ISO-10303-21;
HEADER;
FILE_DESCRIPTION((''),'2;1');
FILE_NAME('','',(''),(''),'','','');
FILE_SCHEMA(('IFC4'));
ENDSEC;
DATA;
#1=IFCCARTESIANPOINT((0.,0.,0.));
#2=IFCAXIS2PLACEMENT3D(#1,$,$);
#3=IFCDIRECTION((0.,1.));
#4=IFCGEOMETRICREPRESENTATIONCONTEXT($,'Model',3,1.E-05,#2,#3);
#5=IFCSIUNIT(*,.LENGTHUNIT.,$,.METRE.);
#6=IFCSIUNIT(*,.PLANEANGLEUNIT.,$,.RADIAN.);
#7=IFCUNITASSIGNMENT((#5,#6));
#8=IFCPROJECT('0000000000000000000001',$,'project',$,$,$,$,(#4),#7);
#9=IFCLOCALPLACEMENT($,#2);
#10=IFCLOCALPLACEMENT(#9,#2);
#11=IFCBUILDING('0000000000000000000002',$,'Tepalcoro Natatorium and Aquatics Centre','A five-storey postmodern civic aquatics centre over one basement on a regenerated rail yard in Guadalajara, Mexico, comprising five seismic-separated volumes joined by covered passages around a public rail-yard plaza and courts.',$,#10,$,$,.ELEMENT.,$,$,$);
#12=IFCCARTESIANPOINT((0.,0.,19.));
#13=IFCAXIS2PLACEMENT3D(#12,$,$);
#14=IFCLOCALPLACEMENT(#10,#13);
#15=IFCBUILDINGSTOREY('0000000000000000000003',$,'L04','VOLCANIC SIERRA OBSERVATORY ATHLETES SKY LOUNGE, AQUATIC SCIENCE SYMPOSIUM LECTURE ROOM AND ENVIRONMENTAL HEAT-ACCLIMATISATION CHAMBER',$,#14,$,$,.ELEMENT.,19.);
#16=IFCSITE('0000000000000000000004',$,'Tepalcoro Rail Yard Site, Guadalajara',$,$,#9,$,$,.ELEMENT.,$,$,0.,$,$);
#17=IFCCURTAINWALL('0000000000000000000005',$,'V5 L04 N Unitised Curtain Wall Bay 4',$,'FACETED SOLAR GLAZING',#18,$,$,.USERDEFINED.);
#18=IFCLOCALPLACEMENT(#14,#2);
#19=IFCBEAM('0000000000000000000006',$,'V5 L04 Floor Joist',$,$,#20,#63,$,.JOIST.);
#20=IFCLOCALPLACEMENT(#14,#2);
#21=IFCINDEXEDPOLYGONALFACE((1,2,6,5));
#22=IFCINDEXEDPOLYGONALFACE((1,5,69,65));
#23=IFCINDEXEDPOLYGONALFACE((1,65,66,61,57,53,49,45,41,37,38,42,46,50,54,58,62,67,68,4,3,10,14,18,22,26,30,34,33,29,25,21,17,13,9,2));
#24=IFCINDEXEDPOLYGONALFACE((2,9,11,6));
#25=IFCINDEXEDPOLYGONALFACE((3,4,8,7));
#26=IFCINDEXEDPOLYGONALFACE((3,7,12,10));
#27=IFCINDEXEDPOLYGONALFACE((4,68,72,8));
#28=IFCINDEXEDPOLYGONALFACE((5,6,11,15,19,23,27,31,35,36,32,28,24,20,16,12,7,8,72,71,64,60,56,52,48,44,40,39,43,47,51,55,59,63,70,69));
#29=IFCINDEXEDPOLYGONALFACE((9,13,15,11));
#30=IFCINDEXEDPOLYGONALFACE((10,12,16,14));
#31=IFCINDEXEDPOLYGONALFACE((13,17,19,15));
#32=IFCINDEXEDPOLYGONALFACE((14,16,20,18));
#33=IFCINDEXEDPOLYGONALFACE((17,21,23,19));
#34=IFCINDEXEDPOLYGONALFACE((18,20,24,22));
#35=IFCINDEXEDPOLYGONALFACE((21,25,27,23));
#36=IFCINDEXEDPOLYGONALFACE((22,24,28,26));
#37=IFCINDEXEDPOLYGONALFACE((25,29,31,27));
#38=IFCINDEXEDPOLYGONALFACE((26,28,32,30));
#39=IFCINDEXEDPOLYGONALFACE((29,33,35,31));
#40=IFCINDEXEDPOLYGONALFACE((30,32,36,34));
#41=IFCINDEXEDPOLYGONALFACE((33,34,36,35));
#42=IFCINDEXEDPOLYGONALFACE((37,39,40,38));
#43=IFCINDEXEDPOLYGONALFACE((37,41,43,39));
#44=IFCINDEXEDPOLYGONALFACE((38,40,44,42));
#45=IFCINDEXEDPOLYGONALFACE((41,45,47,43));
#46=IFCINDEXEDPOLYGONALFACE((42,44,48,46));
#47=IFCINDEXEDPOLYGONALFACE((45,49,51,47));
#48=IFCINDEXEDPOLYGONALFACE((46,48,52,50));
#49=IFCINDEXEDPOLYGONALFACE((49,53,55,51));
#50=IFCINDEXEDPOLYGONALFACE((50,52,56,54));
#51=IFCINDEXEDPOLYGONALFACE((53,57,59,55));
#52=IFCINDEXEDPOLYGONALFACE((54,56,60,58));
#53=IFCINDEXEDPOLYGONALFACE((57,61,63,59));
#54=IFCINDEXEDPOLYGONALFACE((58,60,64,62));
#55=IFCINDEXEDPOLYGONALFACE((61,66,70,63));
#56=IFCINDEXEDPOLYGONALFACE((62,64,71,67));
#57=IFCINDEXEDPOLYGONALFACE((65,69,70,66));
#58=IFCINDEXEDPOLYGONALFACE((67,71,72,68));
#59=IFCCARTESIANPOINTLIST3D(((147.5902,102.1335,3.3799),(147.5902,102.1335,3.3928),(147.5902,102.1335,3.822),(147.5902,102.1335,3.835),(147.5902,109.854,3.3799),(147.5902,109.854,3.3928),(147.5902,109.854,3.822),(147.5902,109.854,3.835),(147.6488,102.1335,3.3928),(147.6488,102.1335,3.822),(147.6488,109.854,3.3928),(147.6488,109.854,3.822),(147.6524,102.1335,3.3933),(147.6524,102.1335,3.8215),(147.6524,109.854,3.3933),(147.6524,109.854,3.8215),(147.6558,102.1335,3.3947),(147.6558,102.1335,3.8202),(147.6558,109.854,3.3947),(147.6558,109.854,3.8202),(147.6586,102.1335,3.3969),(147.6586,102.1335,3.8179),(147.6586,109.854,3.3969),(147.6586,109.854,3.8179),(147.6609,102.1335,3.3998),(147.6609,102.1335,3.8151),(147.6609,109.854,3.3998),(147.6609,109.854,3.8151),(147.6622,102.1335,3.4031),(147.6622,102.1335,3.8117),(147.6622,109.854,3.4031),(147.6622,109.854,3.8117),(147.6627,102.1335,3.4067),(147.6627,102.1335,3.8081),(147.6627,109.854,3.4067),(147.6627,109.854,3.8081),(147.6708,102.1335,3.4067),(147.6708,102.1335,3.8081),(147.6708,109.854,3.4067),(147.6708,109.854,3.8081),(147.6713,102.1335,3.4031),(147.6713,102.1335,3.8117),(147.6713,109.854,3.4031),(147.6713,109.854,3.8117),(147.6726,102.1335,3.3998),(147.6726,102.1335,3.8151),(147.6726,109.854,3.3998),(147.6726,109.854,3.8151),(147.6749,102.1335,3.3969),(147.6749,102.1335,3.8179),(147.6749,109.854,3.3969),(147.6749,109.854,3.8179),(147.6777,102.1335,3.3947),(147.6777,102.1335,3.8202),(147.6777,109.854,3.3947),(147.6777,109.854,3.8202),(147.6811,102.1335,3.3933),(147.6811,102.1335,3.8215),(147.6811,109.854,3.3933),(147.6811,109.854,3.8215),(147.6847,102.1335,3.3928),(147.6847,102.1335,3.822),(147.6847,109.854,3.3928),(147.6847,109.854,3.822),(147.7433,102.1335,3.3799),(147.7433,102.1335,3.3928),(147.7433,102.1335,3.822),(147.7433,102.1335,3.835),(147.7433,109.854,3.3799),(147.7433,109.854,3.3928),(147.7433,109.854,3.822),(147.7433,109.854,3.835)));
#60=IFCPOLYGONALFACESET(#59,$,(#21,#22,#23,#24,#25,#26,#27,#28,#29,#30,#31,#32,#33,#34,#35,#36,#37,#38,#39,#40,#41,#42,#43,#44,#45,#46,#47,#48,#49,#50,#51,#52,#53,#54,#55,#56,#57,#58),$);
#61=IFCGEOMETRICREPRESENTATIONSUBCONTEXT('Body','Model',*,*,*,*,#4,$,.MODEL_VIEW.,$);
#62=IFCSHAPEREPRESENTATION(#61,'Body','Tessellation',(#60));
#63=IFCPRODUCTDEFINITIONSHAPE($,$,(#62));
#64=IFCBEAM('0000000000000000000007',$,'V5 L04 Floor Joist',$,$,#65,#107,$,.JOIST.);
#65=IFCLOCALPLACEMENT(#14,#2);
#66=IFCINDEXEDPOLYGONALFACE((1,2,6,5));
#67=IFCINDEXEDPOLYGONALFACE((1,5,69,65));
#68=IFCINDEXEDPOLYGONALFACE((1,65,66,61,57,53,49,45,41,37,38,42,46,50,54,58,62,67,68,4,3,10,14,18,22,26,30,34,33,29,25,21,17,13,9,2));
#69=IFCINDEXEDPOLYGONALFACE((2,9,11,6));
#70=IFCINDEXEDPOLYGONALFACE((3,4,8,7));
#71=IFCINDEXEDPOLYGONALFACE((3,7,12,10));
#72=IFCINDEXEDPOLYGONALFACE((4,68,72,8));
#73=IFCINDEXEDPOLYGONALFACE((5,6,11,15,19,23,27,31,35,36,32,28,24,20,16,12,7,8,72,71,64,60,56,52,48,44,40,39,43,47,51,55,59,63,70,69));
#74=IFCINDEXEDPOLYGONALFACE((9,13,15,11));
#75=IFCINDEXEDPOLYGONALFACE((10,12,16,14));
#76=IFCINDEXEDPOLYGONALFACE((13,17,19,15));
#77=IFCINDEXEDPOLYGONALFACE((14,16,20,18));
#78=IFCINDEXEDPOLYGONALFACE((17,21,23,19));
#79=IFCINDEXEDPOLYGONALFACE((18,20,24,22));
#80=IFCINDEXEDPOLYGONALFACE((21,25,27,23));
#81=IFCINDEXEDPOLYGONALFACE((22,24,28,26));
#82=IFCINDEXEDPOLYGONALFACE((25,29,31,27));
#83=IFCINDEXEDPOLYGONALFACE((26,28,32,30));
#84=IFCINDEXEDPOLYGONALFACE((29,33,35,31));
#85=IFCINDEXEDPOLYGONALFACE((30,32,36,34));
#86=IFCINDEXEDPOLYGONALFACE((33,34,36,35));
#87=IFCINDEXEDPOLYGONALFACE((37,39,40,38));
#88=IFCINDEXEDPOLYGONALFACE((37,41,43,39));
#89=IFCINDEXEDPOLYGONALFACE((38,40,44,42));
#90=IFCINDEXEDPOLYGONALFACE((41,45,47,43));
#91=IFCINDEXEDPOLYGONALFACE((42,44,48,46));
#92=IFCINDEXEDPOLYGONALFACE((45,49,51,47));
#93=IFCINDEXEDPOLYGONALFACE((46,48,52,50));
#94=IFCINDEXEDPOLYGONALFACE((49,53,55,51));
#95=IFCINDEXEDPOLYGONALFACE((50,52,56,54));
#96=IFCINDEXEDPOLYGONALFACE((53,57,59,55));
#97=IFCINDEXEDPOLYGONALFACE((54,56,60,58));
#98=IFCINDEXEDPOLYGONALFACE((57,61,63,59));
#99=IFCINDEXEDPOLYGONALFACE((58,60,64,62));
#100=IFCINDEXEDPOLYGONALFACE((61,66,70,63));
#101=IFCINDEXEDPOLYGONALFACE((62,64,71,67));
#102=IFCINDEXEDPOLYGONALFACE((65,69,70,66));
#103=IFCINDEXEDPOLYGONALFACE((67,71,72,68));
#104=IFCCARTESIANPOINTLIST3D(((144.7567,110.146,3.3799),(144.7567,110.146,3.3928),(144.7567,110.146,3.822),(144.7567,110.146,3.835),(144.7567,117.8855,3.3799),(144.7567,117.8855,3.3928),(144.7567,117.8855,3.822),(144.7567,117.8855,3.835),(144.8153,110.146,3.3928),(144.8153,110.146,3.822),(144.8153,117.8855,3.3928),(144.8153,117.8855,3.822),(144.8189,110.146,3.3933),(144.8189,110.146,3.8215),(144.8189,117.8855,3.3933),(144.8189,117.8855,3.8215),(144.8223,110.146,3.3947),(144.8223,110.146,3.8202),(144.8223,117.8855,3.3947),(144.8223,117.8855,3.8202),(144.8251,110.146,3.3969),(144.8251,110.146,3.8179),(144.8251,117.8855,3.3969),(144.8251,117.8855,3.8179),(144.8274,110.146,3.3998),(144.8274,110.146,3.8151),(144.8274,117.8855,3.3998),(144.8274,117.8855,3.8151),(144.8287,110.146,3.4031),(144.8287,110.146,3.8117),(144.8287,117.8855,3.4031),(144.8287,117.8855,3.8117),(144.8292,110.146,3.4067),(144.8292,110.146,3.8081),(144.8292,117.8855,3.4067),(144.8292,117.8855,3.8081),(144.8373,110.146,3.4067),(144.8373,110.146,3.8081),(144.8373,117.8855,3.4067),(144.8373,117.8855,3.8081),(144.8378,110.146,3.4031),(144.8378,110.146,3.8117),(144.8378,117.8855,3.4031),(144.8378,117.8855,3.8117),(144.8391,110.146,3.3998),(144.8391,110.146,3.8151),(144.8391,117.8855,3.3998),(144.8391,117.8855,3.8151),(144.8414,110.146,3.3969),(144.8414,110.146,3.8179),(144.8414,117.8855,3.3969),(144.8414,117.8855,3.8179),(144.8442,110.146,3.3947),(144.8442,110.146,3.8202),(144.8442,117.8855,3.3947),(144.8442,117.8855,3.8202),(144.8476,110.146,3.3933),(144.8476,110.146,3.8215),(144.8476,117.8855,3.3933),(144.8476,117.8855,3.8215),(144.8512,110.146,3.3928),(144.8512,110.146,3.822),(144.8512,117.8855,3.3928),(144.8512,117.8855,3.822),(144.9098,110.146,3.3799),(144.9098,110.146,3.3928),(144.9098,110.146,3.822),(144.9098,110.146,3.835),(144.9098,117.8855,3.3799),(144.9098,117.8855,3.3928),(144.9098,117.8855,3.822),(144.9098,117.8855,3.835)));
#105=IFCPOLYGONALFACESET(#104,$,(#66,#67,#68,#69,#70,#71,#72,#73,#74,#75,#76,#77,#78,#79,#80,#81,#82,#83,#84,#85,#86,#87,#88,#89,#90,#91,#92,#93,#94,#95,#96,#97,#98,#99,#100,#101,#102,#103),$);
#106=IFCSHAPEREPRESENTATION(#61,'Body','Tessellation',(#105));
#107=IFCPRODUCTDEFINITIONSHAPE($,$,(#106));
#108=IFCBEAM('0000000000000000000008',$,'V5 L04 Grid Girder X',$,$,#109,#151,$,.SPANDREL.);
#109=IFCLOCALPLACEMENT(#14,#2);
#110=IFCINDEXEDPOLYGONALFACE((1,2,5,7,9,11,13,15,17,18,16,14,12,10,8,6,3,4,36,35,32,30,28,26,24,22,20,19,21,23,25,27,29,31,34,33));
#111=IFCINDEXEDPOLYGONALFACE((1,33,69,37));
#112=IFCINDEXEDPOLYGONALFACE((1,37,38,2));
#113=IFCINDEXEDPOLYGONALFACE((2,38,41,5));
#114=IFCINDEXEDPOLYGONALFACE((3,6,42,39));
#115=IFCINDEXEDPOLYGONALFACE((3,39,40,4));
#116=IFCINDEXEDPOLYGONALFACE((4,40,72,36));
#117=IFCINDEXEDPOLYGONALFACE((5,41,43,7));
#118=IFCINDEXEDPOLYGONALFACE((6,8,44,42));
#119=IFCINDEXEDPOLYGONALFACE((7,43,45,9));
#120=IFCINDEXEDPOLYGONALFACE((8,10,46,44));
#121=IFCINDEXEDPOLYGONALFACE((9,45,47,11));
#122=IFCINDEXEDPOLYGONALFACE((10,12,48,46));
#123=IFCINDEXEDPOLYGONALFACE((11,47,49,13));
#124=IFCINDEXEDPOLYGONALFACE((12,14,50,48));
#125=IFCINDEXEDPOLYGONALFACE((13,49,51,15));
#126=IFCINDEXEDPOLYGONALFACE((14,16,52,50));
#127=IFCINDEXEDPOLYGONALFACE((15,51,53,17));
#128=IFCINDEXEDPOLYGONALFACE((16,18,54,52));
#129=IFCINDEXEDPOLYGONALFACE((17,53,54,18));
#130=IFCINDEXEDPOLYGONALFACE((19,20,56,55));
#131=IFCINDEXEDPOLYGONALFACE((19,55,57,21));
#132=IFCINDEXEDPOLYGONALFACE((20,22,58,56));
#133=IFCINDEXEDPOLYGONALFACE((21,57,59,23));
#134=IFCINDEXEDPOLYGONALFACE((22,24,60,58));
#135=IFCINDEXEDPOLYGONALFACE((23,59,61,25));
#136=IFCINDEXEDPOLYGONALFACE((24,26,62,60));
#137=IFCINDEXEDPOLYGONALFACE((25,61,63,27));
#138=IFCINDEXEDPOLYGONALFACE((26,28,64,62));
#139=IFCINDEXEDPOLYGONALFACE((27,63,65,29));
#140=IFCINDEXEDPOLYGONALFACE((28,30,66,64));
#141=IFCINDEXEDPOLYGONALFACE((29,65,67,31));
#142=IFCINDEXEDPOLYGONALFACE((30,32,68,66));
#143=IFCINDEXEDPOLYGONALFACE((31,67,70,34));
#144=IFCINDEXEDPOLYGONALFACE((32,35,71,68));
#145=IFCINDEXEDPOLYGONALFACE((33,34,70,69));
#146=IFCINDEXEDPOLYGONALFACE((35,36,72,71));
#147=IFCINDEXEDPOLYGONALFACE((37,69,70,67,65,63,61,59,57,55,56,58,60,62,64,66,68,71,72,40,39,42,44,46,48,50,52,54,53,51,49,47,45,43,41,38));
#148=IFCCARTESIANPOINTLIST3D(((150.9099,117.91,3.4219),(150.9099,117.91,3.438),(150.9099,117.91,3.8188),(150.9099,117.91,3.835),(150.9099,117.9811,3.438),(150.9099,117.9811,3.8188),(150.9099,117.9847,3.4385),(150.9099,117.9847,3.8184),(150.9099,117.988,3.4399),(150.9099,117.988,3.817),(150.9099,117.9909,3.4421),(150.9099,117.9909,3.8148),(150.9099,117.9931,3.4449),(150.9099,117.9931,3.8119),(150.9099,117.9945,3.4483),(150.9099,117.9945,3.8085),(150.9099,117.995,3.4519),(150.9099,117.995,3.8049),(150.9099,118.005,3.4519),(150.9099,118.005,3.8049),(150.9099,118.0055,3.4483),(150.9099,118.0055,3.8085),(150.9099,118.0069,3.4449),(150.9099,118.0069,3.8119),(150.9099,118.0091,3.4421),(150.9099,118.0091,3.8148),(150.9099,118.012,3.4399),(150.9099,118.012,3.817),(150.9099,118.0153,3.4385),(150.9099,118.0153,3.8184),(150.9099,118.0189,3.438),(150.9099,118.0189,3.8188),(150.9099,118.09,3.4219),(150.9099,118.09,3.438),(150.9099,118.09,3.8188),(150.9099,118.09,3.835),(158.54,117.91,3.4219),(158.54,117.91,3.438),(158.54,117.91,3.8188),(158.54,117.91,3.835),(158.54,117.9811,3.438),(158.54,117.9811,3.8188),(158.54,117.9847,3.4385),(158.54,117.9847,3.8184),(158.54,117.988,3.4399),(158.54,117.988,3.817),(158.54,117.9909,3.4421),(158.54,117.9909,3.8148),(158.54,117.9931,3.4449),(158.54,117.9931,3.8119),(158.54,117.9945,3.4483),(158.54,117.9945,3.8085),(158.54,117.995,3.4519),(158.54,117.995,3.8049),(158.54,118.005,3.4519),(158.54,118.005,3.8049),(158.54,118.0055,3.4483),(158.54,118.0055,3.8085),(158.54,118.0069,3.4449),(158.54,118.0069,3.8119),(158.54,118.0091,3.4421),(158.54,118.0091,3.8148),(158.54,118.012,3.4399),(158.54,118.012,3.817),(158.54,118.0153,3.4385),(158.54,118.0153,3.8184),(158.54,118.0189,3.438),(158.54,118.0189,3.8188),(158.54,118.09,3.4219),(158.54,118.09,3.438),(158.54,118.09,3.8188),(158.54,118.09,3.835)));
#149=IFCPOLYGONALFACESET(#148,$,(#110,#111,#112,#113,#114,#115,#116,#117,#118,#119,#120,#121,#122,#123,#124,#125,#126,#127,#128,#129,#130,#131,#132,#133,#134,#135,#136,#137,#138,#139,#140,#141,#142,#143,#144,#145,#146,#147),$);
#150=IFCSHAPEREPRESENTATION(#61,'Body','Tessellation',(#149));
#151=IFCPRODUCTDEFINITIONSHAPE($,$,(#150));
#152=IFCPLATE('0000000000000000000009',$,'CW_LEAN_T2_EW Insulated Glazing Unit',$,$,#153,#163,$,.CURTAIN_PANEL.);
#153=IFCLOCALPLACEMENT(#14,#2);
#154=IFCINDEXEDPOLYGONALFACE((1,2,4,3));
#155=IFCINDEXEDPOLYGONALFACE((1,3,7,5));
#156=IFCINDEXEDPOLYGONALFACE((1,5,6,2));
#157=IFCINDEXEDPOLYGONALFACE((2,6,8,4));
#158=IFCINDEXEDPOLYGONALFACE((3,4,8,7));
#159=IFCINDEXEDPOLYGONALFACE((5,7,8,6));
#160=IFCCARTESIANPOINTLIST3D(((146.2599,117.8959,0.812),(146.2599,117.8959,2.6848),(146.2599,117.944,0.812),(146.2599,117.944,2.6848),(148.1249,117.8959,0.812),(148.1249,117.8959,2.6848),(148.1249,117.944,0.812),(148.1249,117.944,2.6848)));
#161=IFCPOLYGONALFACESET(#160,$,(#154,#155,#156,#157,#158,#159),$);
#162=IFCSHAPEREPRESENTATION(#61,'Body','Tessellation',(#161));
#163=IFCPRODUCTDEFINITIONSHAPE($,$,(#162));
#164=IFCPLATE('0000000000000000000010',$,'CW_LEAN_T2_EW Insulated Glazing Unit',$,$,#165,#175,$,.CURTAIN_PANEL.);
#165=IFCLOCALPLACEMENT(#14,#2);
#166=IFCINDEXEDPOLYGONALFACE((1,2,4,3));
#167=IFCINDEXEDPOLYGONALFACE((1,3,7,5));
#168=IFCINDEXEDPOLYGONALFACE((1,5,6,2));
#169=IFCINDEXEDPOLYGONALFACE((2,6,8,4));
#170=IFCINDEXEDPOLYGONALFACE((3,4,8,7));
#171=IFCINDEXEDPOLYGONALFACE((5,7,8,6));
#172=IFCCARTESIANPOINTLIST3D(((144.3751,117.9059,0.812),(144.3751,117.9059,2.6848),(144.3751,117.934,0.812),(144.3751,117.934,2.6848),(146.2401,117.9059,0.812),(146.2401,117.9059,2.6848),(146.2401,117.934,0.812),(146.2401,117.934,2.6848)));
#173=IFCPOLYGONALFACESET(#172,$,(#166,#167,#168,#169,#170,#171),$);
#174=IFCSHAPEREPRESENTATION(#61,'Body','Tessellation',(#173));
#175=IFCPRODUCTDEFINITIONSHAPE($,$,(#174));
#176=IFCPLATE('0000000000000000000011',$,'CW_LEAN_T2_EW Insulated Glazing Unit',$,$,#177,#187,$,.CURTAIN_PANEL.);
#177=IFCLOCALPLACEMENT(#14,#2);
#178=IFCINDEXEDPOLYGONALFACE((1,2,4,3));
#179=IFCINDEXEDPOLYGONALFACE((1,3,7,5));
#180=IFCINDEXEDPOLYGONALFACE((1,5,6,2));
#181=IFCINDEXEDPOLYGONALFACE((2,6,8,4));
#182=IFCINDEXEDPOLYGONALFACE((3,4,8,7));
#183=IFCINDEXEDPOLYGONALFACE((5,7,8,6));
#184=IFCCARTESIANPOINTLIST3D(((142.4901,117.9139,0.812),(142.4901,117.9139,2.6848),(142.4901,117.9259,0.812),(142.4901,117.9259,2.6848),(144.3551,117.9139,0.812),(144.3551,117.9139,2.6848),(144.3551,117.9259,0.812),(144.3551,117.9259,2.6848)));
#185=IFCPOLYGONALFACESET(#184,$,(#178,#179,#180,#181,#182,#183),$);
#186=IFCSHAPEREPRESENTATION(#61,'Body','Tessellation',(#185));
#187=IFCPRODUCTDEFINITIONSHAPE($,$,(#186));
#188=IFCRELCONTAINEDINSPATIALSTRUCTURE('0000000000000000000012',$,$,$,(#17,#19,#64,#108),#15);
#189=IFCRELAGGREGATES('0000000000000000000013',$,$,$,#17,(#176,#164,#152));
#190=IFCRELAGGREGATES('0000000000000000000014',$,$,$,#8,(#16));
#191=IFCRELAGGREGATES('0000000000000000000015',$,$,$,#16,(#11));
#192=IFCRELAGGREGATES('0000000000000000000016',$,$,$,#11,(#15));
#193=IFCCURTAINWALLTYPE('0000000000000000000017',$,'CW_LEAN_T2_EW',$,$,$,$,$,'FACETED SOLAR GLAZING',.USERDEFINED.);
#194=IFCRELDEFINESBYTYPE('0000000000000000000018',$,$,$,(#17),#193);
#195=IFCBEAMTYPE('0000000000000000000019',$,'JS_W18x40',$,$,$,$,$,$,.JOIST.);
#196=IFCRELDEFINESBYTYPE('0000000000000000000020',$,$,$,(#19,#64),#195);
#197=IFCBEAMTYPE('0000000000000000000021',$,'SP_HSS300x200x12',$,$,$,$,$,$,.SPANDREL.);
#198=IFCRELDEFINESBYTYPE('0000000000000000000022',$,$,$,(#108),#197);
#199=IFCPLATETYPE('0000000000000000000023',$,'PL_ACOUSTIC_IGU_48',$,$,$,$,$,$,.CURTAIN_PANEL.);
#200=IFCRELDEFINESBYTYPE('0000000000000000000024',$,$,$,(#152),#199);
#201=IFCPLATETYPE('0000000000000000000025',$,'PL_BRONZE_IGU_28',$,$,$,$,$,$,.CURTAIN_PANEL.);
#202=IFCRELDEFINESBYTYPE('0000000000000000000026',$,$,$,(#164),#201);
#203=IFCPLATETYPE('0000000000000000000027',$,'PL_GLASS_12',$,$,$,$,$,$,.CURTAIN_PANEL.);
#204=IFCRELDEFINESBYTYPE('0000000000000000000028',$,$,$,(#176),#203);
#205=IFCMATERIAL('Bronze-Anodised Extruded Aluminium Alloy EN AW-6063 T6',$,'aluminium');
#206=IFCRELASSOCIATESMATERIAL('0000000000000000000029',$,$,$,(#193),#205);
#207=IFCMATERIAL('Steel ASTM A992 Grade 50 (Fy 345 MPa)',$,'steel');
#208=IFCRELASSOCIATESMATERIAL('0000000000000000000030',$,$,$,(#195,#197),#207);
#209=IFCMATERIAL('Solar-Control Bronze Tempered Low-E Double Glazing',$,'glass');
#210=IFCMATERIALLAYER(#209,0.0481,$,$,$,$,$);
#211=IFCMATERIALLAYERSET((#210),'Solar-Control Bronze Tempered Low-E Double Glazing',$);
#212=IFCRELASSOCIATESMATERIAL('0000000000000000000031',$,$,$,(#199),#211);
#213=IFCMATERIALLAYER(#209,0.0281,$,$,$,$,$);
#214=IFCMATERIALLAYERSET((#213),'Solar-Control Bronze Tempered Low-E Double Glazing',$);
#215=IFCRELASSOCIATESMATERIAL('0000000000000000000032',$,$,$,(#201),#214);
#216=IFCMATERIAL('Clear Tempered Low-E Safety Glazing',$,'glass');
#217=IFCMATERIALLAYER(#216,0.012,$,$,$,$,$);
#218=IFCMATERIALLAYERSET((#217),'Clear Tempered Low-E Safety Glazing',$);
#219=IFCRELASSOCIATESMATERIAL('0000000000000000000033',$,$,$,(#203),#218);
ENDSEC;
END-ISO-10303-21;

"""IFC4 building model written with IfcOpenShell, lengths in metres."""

from ifc_helpers import new_model, si_unit, direction, frame, origin, origin_2d, place, context, subcontext, project, spatial, rectangle, i_section, extrude, material, layer, layer_set, material_profile, profile_set, type_object, element, aggregate, save


model = new_model("IFC4")

# Units and contexts
model_context = context("Model", 3, precision=1e-05, world=origin(), true_north=direction((0.0, 1.0)))
body_context = subcontext(model_context, "Body", "Model", "MODEL_VIEW")
ifc_project = project(units=[si_unit("LENGTHUNIT", "METRE"), si_unit("PLANEANGLEUNIT", "RADIAN")], contexts=[model_context])

# Site, building, storey
site_placement = place(None, origin())
site = spatial("IfcSite", under=ifc_project, at=site_placement, Name="Tepalcoro Rail Yard Site, Guadalajara", CompositionType="ELEMENT", RefElevation=0.0)
building_placement = place(site_placement, origin())
building = spatial("IfcBuilding", under=site, at=building_placement, Name="Tepalcoro Natatorium and Aquatics Centre", Description="A five-storey postmodern civic aquatics centre over one basement on a regenerated rail yard in Guadalajara, Mexico, comprising five seismic-separated volumes joined by covered passages around a public rail-yard plaza and courts.", CompositionType="ELEMENT")
storey_placement = place(building_placement, frame((0.0, 0.0, 19.0)))
storey = spatial("IfcBuildingStorey", under=building, at=storey_placement, Name="L04", Description="VOLCANIC SIERRA OBSERVATORY ATHLETES SKY LOUNGE, AQUATIC SCIENCE SYMPOSIUM LECTURE ROOM AND ENVIRONMENTAL HEAT-ACCLIMATISATION CHAMBER", CompositionType="ELEMENT", Elevation=19.0)

# Shared definitions
ifc_material_1 = material(Name="Steel ASTM A992 Grade 50 (Fy 345 MPa)", Category="steel")

# Curtain wall
ifc_material_2 = material(Name="Bronze-Anodised Extruded Aluminium Alloy EN AW-6063 T6", Category="aluminium")
curtain_wall_type = type_object("IfcCurtainWallType", Name="CW_LEAN_T2_EW", ElementType="FACETED SOLAR GLAZING", PredefinedType="USERDEFINED", material=ifc_material_2)
curtain_wall_placement = place(storey_placement, origin())
curtain_wall = element("IfcCurtainWall", 1, at=curtain_wall_placement, inside=storey, type_object=curtain_wall_type, Name="V5 L04 N Unitised Curtain Wall Bay 4", ObjectType="FACETED SOLAR GLAZING", PredefinedType="USERDEFINED")

# Beams
ifc_material_profile_1 = material_profile(ifc_material_1, i_section(OverallWidth=0.1531, OverallDepth=0.4551, WebThickness=0.0081, FlangeThickness=0.0129, FilletRadius=0.0139, at=origin_2d()), Name="W18X40")
ifc_profile_set_1 = profile_set([ifc_material_profile_1], Name="Steel ASTM A992 Grade 50 (Fy 345 MPa)")
beam_type_1 = type_object("IfcBeamType", Name="JS_W18x40", PredefinedType="JOIST", material=ifc_profile_set_1)
beam_1_placement = place(storey_placement, frame((147.6667, 102.1335, 3.6074), z_axis=(0.0, 1.0, 0.0), x_axis=(-1.0, 0.0, 0.0)))
element("IfcBeam", 2, at=beam_1_placement, inside=storey, type_object=beam_type_1, Name="V5 L04 Floor Joist", PredefinedType="JOIST", context=body_context, shape_type="SweptSolid", body=[
    extrude(i_section(OverallWidth=0.1531, OverallDepth=0.4551, WebThickness=0.0081, FlangeThickness=0.0129, FilletRadius=0.0139, at=origin_2d()), origin(), (0.0, 0.0, 1.0), 7.7205),
])
beam_2_placement = place(storey_placement, frame((144.8333, 110.146, 3.6074), z_axis=(0.0, 1.0, 0.0), x_axis=(-1.0, 0.0, 0.0)))
element("IfcBeam", 3, at=beam_2_placement, inside=storey, type_object=beam_type_1, Name="V5 L04 Floor Joist", PredefinedType="JOIST", context=body_context, shape_type="SweptSolid", body=[
    extrude(i_section(OverallWidth=0.1531, OverallDepth=0.4551, WebThickness=0.0081, FlangeThickness=0.0129, FilletRadius=0.0139, at=origin_2d()), origin(), (0.0, 0.0, 1.0), 7.7395),
])
ifc_material_profile_2 = material_profile(ifc_material_1, i_section(OverallWidth=0.1799, OverallDepth=0.4131, WebThickness=0.01, FlangeThickness=0.0161, FilletRadius=0.0139, at=origin_2d()), Name="W16X50")
ifc_profile_set_2 = profile_set([ifc_material_profile_2], Name="Steel ASTM A992 Grade 50 (Fy 345 MPa)")
beam_type_2 = type_object("IfcBeamType", Name="SP_HSS300x200x12", PredefinedType="SPANDREL", material=ifc_profile_set_2)
beam_3_placement = place(storey_placement, frame((150.9099, 118.0, 3.6284), z_axis=(1.0, 0.0, 0.0), x_axis=(0.0, 1.0, 0.0)))
element("IfcBeam", 4, at=beam_3_placement, inside=storey, type_object=beam_type_2, Name="V5 L04 Grid Girder X", PredefinedType="SPANDREL", context=body_context, shape_type="SweptSolid", body=[
    extrude(i_section(OverallWidth=0.1799, OverallDepth=0.4131, WebThickness=0.01, FlangeThickness=0.0161, FilletRadius=0.0139, at=origin_2d()), origin(), (0.0, 0.0, 1.0), 7.6301),
])

# Plates
ifc_material_3 = material(Name="Solar-Control Bronze Tempered Low-E Double Glazing", Category="glass")
ifc_layer_1 = layer(ifc_material_3, 0.0481)
ifc_layer_set_1 = layer_set([ifc_layer_1], Name="Solar-Control Bronze Tempered Low-E Double Glazing")
plate_type_1 = type_object("IfcPlateType", Name="PL_ACOUSTIC_IGU_48", PredefinedType="CURTAIN_PANEL", material=ifc_layer_set_1)
plate_1_placement = place(storey_placement, frame((147.1924, 117.9199, 0.812), z_axis=(0.0, 0.0, 1.0), x_axis=(1.0, 0.0, 0.0)))
plate_1 = element("IfcPlate", 5, at=plate_1_placement, type_object=plate_type_1, Name="CW_LEAN_T2_EW Insulated Glazing Unit", PredefinedType="CURTAIN_PANEL", context=body_context, shape_type="SweptSolid", body=[
    extrude(rectangle(XDim=1.865, YDim=0.0481, at=origin_2d()), origin(), (0.0, 0.0, 1.0), 1.8728),
])
ifc_layer_2 = layer(ifc_material_3, 0.0281)
ifc_layer_set_2 = layer_set([ifc_layer_2], Name="Solar-Control Bronze Tempered Low-E Double Glazing")
plate_type_2 = type_object("IfcPlateType", Name="PL_BRONZE_IGU_28", PredefinedType="CURTAIN_PANEL", material=ifc_layer_set_2)
plate_2_placement = place(storey_placement, frame((145.3076, 117.9199, 0.812), z_axis=(0.0, 0.0, 1.0), x_axis=(1.0, 0.0, 0.0)))
plate_2 = element("IfcPlate", 6, at=plate_2_placement, type_object=plate_type_2, Name="CW_LEAN_T2_EW Insulated Glazing Unit", PredefinedType="CURTAIN_PANEL", context=body_context, shape_type="SweptSolid", body=[
    extrude(rectangle(XDim=1.865, YDim=0.0281, at=origin_2d()), origin(), (0.0, 0.0, 1.0), 1.8728),
])
ifc_material_4 = material(Name="Clear Tempered Low-E Safety Glazing", Category="glass")
ifc_layer_3 = layer(ifc_material_4, 0.012)
ifc_layer_set_3 = layer_set([ifc_layer_3], Name="Clear Tempered Low-E Safety Glazing")
plate_type_3 = type_object("IfcPlateType", Name="PL_GLASS_12", PredefinedType="CURTAIN_PANEL", material=ifc_layer_set_3)
plate_3_placement = place(storey_placement, frame((143.4226, 117.9199, 0.812), z_axis=(0.0, 0.0, 1.0), x_axis=(1.0, 0.0, 0.0)))
plate_3 = element("IfcPlate", 7, at=plate_3_placement, type_object=plate_type_3, Name="CW_LEAN_T2_EW Insulated Glazing Unit", PredefinedType="CURTAIN_PANEL", context=body_context, shape_type="SweptSolid", body=[
    extrude(rectangle(XDim=1.865, YDim=0.012, at=origin_2d()), origin(), (0.0, 0.0, 1.0), 1.8728),
])
aggregate(curtain_wall, [plate_3, plate_2, plate_1])

save(model, "model.ifc")
